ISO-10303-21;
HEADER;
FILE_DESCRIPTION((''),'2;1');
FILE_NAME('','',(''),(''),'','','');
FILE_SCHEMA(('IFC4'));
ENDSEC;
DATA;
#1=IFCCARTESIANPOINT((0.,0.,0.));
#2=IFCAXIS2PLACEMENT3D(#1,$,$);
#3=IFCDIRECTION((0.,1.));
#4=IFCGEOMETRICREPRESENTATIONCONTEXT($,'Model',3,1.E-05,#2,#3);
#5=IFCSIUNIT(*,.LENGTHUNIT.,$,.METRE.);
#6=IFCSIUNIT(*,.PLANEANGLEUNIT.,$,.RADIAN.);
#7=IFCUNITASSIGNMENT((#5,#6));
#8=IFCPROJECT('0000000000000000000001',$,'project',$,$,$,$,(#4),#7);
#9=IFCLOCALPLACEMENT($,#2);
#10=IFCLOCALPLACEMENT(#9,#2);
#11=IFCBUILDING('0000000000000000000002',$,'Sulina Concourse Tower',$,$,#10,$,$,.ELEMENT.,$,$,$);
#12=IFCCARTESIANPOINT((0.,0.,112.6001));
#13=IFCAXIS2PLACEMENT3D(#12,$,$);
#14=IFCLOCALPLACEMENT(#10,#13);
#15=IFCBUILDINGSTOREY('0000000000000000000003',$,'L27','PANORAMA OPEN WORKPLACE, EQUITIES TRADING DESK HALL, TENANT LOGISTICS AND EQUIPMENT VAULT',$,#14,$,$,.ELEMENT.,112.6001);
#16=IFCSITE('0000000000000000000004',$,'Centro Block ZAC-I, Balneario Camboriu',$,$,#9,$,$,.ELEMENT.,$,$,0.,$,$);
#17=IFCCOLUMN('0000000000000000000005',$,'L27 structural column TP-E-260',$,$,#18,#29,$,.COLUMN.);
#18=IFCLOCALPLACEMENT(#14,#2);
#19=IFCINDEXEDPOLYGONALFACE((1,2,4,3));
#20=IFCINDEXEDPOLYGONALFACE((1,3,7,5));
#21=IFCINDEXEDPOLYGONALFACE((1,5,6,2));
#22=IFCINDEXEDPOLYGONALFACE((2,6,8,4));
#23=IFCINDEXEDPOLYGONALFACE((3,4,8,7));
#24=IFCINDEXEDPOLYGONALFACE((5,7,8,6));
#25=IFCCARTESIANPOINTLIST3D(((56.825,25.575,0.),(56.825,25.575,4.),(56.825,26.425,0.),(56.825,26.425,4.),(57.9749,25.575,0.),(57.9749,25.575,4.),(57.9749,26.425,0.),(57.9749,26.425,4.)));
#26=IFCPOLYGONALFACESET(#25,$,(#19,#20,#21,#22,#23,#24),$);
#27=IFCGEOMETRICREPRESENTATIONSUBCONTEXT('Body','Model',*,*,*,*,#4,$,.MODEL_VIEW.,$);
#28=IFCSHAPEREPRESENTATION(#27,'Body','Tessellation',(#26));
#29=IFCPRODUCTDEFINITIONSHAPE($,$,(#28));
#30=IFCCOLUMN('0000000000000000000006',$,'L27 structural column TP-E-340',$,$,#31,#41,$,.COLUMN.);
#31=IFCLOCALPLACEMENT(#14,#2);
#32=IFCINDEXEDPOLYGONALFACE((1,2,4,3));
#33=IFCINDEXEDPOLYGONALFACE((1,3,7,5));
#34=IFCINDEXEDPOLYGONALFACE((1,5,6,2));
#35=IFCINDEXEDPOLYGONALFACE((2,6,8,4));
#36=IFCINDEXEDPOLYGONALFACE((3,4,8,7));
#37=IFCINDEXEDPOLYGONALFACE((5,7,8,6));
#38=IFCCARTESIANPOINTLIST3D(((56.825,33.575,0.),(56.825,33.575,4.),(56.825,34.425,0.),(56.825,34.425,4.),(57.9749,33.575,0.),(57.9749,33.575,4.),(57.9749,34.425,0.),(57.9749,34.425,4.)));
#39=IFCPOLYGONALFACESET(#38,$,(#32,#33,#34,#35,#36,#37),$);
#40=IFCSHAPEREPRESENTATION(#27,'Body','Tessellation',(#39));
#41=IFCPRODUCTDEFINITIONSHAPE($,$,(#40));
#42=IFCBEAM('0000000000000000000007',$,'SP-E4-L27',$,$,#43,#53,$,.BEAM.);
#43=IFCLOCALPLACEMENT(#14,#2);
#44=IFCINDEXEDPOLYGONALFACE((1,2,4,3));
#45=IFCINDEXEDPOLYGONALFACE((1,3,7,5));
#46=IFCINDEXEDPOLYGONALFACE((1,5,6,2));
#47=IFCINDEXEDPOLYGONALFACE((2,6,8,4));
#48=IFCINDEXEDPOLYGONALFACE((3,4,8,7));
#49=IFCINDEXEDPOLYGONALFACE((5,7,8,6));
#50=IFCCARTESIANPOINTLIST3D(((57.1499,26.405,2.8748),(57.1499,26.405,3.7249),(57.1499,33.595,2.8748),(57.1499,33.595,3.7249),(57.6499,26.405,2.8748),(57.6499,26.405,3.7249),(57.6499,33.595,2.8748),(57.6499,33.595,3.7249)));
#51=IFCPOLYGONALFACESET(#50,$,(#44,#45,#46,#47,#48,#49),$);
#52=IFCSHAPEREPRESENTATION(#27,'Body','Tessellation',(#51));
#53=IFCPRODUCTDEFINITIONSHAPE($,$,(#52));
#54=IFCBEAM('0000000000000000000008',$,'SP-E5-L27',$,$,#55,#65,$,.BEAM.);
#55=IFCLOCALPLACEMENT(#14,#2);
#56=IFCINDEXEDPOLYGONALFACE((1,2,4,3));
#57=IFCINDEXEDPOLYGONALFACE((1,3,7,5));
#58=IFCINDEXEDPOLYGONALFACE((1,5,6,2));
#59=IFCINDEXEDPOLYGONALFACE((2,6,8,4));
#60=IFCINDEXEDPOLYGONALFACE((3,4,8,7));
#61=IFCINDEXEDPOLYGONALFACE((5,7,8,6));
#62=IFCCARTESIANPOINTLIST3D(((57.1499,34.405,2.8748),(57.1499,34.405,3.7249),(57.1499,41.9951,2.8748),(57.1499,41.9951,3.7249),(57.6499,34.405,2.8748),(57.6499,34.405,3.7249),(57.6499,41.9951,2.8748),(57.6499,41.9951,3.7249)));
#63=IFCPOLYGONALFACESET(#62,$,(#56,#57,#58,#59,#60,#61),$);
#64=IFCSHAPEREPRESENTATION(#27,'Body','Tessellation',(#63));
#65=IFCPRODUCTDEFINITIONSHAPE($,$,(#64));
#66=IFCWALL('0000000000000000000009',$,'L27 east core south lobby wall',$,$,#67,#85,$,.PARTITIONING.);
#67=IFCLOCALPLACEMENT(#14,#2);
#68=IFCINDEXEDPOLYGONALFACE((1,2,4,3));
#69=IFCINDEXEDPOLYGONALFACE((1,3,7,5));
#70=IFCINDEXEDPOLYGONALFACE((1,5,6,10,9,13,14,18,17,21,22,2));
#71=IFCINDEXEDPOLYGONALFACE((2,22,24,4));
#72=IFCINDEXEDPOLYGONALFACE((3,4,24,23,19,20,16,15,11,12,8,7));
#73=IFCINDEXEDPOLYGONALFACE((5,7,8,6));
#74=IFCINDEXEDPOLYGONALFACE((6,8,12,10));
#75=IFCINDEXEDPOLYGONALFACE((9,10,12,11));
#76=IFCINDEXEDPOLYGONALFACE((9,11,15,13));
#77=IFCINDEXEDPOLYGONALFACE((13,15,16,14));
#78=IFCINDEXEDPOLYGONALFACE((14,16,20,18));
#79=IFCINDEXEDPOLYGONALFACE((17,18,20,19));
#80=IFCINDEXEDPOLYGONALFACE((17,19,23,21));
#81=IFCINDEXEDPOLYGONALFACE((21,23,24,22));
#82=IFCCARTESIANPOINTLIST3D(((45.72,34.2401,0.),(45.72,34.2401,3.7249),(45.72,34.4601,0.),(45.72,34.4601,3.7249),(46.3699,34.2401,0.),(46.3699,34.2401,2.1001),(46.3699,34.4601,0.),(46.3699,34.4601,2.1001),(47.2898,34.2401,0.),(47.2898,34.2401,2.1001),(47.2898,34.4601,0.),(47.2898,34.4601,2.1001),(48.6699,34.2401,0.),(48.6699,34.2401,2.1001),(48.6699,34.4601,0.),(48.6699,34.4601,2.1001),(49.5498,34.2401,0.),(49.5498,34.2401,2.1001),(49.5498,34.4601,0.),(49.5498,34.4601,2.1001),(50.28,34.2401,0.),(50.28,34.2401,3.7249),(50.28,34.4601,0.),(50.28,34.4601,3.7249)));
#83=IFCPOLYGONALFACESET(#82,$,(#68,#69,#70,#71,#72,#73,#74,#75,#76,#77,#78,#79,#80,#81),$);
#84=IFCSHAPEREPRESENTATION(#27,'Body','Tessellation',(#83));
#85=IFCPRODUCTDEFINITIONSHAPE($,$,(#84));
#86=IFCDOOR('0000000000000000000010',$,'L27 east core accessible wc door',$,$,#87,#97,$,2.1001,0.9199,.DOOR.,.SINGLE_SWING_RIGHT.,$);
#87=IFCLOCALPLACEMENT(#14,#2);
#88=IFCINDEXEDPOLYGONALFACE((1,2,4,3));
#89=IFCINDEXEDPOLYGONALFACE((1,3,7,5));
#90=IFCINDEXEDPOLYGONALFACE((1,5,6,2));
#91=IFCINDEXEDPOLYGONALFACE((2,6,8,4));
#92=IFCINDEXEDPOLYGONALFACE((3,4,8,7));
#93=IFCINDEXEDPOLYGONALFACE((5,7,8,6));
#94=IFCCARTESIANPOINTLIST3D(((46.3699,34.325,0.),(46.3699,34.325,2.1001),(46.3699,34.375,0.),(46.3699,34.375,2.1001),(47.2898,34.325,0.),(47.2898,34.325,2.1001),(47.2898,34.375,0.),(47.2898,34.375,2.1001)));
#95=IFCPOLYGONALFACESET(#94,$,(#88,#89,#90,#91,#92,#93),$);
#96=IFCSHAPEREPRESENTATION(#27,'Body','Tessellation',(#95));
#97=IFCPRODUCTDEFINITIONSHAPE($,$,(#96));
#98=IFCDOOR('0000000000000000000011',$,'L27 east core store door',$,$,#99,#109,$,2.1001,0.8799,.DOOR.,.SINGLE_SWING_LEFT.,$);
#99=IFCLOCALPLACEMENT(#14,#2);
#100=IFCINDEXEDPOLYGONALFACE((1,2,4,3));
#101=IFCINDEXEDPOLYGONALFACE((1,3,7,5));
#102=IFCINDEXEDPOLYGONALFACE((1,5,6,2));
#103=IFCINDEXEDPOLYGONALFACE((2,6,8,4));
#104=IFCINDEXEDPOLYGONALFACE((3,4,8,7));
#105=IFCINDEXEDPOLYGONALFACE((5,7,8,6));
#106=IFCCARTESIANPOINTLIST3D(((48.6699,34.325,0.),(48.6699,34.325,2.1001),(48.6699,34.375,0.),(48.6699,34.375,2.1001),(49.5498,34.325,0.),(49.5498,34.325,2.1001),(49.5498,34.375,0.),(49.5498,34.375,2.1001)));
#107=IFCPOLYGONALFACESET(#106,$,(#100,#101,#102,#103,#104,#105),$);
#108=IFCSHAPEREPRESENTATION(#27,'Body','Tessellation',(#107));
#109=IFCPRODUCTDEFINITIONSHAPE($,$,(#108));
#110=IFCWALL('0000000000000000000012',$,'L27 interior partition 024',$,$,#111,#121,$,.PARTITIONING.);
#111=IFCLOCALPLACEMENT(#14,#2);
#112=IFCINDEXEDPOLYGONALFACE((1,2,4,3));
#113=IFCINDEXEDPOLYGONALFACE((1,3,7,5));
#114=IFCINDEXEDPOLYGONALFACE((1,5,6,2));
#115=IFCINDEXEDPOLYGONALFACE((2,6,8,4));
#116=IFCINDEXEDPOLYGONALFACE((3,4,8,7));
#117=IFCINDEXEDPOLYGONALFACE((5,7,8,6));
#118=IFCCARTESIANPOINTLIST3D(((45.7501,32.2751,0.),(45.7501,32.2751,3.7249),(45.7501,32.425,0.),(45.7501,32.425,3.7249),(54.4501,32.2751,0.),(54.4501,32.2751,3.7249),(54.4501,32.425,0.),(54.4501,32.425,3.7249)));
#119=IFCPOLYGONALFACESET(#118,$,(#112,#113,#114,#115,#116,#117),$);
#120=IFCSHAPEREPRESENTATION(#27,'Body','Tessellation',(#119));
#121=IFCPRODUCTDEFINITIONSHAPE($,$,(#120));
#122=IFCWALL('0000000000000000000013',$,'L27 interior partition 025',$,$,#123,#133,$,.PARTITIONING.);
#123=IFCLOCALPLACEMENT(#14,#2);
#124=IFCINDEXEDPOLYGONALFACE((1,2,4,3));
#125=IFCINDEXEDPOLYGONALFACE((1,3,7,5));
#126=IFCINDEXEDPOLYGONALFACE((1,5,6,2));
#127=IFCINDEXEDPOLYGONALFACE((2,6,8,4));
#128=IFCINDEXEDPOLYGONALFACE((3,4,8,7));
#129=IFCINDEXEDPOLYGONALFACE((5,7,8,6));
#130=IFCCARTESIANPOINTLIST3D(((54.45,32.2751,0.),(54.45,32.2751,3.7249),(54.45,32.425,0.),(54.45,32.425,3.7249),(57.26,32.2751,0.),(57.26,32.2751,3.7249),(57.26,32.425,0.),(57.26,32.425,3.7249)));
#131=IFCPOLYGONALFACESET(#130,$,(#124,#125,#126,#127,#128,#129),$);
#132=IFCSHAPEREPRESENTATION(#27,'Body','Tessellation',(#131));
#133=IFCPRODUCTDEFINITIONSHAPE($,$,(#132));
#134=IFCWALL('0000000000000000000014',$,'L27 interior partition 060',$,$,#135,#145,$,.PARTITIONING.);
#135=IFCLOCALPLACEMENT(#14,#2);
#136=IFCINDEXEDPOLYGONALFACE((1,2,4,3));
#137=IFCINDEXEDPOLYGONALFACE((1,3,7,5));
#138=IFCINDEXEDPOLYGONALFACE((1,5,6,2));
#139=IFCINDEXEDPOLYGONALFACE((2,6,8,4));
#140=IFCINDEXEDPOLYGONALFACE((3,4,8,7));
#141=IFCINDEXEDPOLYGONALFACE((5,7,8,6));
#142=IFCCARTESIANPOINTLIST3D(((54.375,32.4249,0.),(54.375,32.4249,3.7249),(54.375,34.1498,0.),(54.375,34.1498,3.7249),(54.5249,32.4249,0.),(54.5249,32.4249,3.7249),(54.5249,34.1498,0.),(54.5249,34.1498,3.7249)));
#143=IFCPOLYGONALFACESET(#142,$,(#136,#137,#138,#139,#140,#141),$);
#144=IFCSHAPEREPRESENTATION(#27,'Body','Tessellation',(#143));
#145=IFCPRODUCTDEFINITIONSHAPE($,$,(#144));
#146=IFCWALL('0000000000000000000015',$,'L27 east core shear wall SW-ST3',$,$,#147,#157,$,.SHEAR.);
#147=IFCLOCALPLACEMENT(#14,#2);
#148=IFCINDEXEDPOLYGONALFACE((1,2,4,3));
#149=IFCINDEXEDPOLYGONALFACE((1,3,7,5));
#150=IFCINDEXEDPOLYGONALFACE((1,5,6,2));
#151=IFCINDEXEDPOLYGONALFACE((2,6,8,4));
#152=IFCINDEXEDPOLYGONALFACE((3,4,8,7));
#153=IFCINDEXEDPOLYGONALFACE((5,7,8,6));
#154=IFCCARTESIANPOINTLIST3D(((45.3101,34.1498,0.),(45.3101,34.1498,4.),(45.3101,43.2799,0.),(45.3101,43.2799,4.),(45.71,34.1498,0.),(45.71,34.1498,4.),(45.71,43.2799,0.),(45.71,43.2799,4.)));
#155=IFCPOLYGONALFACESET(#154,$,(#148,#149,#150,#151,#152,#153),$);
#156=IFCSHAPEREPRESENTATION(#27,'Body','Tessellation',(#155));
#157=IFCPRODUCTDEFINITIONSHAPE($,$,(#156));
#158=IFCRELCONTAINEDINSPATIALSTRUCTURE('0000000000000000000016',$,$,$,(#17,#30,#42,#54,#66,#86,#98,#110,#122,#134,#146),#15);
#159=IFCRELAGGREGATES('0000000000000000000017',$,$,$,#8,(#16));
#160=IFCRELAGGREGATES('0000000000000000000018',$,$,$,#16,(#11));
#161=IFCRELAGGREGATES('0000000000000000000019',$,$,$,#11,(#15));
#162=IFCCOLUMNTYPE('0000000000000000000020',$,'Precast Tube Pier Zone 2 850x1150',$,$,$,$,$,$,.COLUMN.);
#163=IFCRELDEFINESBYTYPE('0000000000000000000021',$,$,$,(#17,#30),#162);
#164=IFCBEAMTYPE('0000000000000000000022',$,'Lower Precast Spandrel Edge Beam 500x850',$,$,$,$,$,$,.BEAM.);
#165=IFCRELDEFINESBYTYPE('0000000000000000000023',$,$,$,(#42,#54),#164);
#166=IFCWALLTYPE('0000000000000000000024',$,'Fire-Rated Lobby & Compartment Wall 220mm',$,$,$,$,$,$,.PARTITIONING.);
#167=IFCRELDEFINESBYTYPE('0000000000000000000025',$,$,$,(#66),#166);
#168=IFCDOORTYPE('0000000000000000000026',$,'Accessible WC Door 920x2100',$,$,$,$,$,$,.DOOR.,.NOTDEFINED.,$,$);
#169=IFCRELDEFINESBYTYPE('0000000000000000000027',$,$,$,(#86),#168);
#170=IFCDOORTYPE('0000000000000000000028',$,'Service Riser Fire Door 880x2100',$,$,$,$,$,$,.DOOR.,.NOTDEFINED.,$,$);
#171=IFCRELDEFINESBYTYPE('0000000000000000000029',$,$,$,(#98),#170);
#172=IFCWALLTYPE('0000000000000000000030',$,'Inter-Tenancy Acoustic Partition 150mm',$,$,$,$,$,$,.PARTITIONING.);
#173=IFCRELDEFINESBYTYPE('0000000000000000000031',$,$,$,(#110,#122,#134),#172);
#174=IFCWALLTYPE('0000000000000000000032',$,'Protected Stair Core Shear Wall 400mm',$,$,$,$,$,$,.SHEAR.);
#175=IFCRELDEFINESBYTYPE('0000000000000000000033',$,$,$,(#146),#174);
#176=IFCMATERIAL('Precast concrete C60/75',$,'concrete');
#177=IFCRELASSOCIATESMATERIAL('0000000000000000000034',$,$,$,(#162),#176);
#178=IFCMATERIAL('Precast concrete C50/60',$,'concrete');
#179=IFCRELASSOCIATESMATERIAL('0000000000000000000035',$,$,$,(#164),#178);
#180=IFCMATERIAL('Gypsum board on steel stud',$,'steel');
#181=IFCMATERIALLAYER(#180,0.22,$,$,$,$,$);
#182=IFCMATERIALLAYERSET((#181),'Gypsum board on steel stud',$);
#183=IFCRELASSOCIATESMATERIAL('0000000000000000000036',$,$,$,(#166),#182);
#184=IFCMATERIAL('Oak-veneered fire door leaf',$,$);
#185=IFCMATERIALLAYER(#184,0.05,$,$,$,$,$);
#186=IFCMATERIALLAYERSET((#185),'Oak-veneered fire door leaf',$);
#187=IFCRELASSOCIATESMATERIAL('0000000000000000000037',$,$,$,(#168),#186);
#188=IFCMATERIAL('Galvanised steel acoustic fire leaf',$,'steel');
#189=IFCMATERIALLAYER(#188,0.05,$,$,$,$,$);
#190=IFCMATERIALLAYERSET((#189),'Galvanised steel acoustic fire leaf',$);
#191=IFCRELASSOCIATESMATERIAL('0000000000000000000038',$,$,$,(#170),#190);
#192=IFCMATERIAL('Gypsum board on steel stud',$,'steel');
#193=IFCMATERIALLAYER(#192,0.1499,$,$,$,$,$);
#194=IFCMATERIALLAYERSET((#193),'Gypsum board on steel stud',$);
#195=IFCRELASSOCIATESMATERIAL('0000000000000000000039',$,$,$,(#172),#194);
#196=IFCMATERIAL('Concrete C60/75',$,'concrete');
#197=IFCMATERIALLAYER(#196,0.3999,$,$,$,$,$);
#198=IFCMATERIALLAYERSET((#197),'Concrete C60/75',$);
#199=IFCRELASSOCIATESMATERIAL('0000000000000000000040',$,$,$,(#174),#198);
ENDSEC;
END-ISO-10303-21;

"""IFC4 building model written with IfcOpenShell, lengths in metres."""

from ifc_helpers import new_model, si_unit, direction, frame, frame_2d, origin, origin_2d, place, context, subcontext, project, spatial, rectangle, extrude, material, layer, layer_set, material_profile, profile_set, type_object, element, fill, save


model = new_model("IFC4")

# Units and contexts
model_context = context("Model", 3, precision=1e-05, world=origin(), true_north=direction((0.0, 1.0)))
body_context = subcontext(model_context, "Body", "Model", "MODEL_VIEW")
ifc_project = project(units=[si_unit("LENGTHUNIT", "METRE"), si_unit("PLANEANGLEUNIT", "RADIAN")], contexts=[model_context])

# Site, building, storey
site_placement = place(None, origin())
site = spatial("IfcSite", under=ifc_project, at=site_placement, Name="Centro Block ZAC-I, Balneario Camboriu", CompositionType="ELEMENT", RefElevation=0.0)
building_placement = place(site_placement, origin())
building = spatial("IfcBuilding", under=site, at=building_placement, Name="Sulina Concourse Tower", CompositionType="ELEMENT")
storey_placement = place(building_placement, frame((0.0, 0.0, 112.6001)))
storey = spatial("IfcBuildingStorey", under=building, at=storey_placement, Name="L27", Description="PANORAMA OPEN WORKPLACE, EQUITIES TRADING DESK HALL, TENANT LOGISTICS AND EQUIPMENT VAULT", CompositionType="ELEMENT", Elevation=112.6001)

# Columns
ifc_material_1 = material(Name="Precast concrete C60/75", Category="concrete")
ifc_material_profile_1 = material_profile(ifc_material_1, rectangle(XDim=0.8501, YDim=1.1499, at=origin_2d()), Name="PC 850x1150")
ifc_profile_set_1 = profile_set([ifc_material_profile_1], Name="Precast concrete C60/75")
column_type = type_object("IfcColumnType", Name="Precast Tube Pier Zone 2 850x1150", PredefinedType="COLUMN", material=ifc_profile_set_1)
for number, where, z_axis, x_axis, name in (
    (1, (57.3999, 26.0, 0.0), (0.0, 0.0, 1.0), (0.0, 1.0, 0.0), "L27 structural column TP-E-260"),
    (2, (57.3999, 34.0, 0.0), (0.0, 0.0, 1.0), (0.0, 1.0, 0.0), "L27 structural column TP-E-340"),
):
    element("IfcColumn", number, at=place(storey_placement, frame(where, z_axis=z_axis, x_axis=x_axis)), inside=storey, type_object=column_type, Name=name, PredefinedType="COLUMN", context=body_context, shape_type="SweptSolid", body=[
        extrude(rectangle(XDim=0.8501, YDim=1.1499, at=origin_2d()), origin(), (0.0, 0.0, 1.0), 4.0),
    ])

# Beams
ifc_material_2 = material(Name="Precast concrete C50/60", Category="concrete")
ifc_material_profile_2 = material_profile(ifc_material_2, rectangle(XDim=0.5, YDim=0.8501, at=origin_2d()), Name="RC 500x850")
ifc_profile_set_2 = profile_set([ifc_material_profile_2], Name="Precast concrete C50/60")
beam_type = type_object("IfcBeamType", Name="Lower Precast Spandrel Edge Beam 500x850", PredefinedType="BEAM", material=ifc_profile_set_2)
beam_1_placement = place(storey_placement, frame((57.3999, 26.405, 3.2998), z_axis=(0.0, 1.0, 0.0), x_axis=(-1.0, 0.0, 0.0)))
element("IfcBeam", 3, at=beam_1_placement, inside=storey, type_object=beam_type, Name="SP-E4-L27", PredefinedType="BEAM", context=body_context, shape_type="SweptSolid", body=[
    extrude(rectangle(XDim=0.5, YDim=0.8501, at=origin_2d()), origin(), (0.0, 0.0, 1.0), 7.1899),
])
beam_2_placement = place(storey_placement, frame((57.3999, 34.405, 3.2998), z_axis=(0.0, 1.0, 0.0), x_axis=(-1.0, 0.0, 0.0)))
element("IfcBeam", 4, at=beam_2_placement, inside=storey, type_object=beam_type, Name="SP-E5-L27", PredefinedType="BEAM", context=body_context, shape_type="SweptSolid", body=[
    extrude(rectangle(XDim=0.5, YDim=0.8501, at=origin_2d()), origin(), (0.0, 0.0, 1.0), 7.5901),
])

# Wall, openings, doors
ifc_material_3 = material(Name="Gypsum board on steel stud", Category="steel")
ifc_layer_1 = layer(ifc_material_3, 0.22)
ifc_layer_set_1 = layer_set([ifc_layer_1], Name="Gypsum board on steel stud")
wall_type_1 = type_object("IfcWallType", Name="Fire-Rated Lobby & Compartment Wall 220mm", PredefinedType="PARTITIONING", material=ifc_layer_set_1)
wall_1_placement = place(storey_placement, frame((45.72, 34.3501, 0.0), z_axis=(0.0, 0.0, 1.0), x_axis=(1.0, 0.0, 0.0)))
wall_1 = element("IfcWall", 5, at=wall_1_placement, inside=storey, type_object=wall_type_1, Name="L27 east core south lobby wall", PredefinedType="PARTITIONING", context=body_context, shape_type="SweptSolid", body=[
    extrude(rectangle(XDim=4.5601, YDim=0.22, at=frame_2d((2.28, 0.0))), origin(), (0.0, 0.0, 1.0), 3.7249),
])
opening_1_placement = place(wall_1_placement, frame((0.6499, 0.0, 0.0)))
opening_1 = element("IfcOpeningElement", 6, at=opening_1_placement, cuts=wall_1, PredefinedType="OPENING", context=body_context, shape_type="SweptSolid", body=[
    extrude(rectangle(XDim=0.9199, YDim=2.1001, at=frame_2d((0.46, 1.05))), frame((0.0, 0.1199, 0.0), z_axis=(0.0, -1.0, 0.0), x_axis=(1.0, 0.0, 0.0)), (0.0, 0.0, 1.0), 0.24),
])
opening_2_placement = place(wall_1_placement, frame((2.95, 0.0, 0.0)))
opening_2 = element("IfcOpeningElement", 7, at=opening_2_placement, cuts=wall_1, PredefinedType="OPENING", context=body_context, shape_type="SweptSolid", body=[
    extrude(rectangle(XDim=0.8799, YDim=2.1001, at=frame_2d((0.4399, 1.05))), frame((0.0, 0.1199, 0.0), z_axis=(0.0, -1.0, 0.0), x_axis=(1.0, 0.0, 0.0)), (0.0, 0.0, 1.0), 0.24),
])
ifc_material_4 = material(Name="Oak-veneered fire door leaf")
ifc_layer_2 = layer(ifc_material_4, 0.05)
ifc_layer_set_2 = layer_set([ifc_layer_2], Name="Oak-veneered fire door leaf")
door_type_1 = type_object("IfcDoorType", Name="Accessible WC Door 920x2100", OperationType="NOTDEFINED", PredefinedType="DOOR", material=ifc_layer_set_2)
door_1_placement = place(opening_1_placement, origin())
door_1 = element("IfcDoor", 8, at=door_1_placement, inside=storey, type_object=door_type_1, Name="L27 east core accessible wc door", OperationType="SINGLE_SWING_RIGHT", OverallHeight=2.1001, OverallWidth=0.9199, PredefinedType="DOOR", context=body_context, shape_type="SweptSolid", body=[
    extrude(rectangle(XDim=0.9199, YDim=2.1001, at=frame_2d((0.46, 1.05))), frame((0.0, 0.0249, 0.0), z_axis=(0.0, -1.0, 0.0), x_axis=(1.0, 0.0, 0.0)), (0.0, 0.0, 1.0), 0.05),
])
fill(opening_1, door_1)
ifc_material_5 = material(Name="Galvanised steel acoustic fire leaf", Category="steel")
ifc_layer_3 = layer(ifc_material_5, 0.05)
ifc_layer_set_3 = layer_set([ifc_layer_3], Name="Galvanised steel acoustic fire leaf")
door_type_2 = type_object("IfcDoorType", Name="Service Riser Fire Door 880x2100", OperationType="NOTDEFINED", PredefinedType="DOOR", material=ifc_layer_set_3)
door_2_placement = place(opening_2_placement, origin())
door_2 = element("IfcDoor", 9, at=door_2_placement, inside=storey, type_object=door_type_2, Name="L27 east core store door", OperationType="SINGLE_SWING_LEFT", OverallHeight=2.1001, OverallWidth=0.8799, PredefinedType="DOOR", context=body_context, shape_type="SweptSolid", body=[
    extrude(rectangle(XDim=0.8799, YDim=2.1001, at=frame_2d((0.4399, 1.05))), frame((0.0, 0.0249, 0.0), z_axis=(0.0, -1.0, 0.0), x_axis=(1.0, 0.0, 0.0)), (0.0, 0.0, 1.0), 0.05),
])
fill(opening_2, door_2)

# Walls
ifc_material_6 = material(Name="Gypsum board on steel stud", Category="steel")
ifc_layer_4 = layer(ifc_material_6, 0.1499)
ifc_layer_set_4 = layer_set([ifc_layer_4], Name="Gypsum board on steel stud")
wall_type_2 = type_object("IfcWallType", Name="Inter-Tenancy Acoustic Partition 150mm", PredefinedType="PARTITIONING", material=ifc_layer_set_4)
wall_2_placement = place(storey_placement, frame((45.75, 32.3501, 0.0), z_axis=(0.0, 0.0, 1.0), x_axis=(1.0, 0.0, 0.0)))
element("IfcWall", 10, at=wall_2_placement, inside=storey, type_object=wall_type_2, Name="L27 interior partition 024", PredefinedType="PARTITIONING", context=body_context, shape_type="SweptSolid", body=[
    extrude(rectangle(XDim=8.7, YDim=0.1499, at=frame_2d((4.3501, 0.0))), origin(), (0.0, 0.0, 1.0), 3.7249),
])
wall_3_placement = place(storey_placement, frame((54.45, 32.3501, 0.0), z_axis=(0.0, 0.0, 1.0), x_axis=(1.0, 0.0, 0.0)))
element("IfcWall", 11, at=wall_3_placement, inside=storey, type_object=wall_type_2, Name="L27 interior partition 025", PredefinedType="PARTITIONING", context=body_context, shape_type="SweptSolid", body=[
    extrude(rectangle(XDim=2.8101, YDim=0.1499, at=frame_2d((1.405, 0.0))), origin(), (0.0, 0.0, 1.0), 3.7249),
])
wall_4_placement = place(storey_placement, frame((54.45, 32.425, 0.0), z_axis=(0.0, 0.0, 1.0), x_axis=(0.0, 1.0, 0.0)))
element("IfcWall", 12, at=wall_4_placement, inside=storey, type_object=wall_type_2, Name="L27 interior partition 060", PredefinedType="PARTITIONING", context=body_context, shape_type="SweptSolid", body=[
    extrude(rectangle(XDim=1.7249, YDim=0.1499, at=frame_2d((0.8623, 0.0))), origin(), (0.0, 0.0, 1.0), 3.7249),
])
ifc_material_7 = material(Name="Concrete C60/75", Category="concrete")
ifc_layer_5 = layer(ifc_material_7, 0.3999)
ifc_layer_set_5 = layer_set([ifc_layer_5], Name="Concrete C60/75")
wall_type_3 = type_object("IfcWallType", Name="Protected Stair Core Shear Wall 400mm", PredefinedType="SHEAR", material=ifc_layer_set_5)
wall_5_placement = place(storey_placement, frame((45.51, 34.1499, 0.0), z_axis=(0.0, 0.0, 1.0), x_axis=(0.0, 1.0, 0.0)))
element("IfcWall", 13, at=wall_5_placement, inside=storey, type_object=wall_type_3, Name="L27 east core shear wall SW-ST3", PredefinedType="SHEAR", context=body_context, shape_type="SweptSolid", body=[
    extrude(rectangle(XDim=9.1301, YDim=0.3999, at=frame_2d((4.5649, 0.0))), origin(), (0.0, 0.0, 1.0), 4.0),
])

save(model, "model.ifc")
